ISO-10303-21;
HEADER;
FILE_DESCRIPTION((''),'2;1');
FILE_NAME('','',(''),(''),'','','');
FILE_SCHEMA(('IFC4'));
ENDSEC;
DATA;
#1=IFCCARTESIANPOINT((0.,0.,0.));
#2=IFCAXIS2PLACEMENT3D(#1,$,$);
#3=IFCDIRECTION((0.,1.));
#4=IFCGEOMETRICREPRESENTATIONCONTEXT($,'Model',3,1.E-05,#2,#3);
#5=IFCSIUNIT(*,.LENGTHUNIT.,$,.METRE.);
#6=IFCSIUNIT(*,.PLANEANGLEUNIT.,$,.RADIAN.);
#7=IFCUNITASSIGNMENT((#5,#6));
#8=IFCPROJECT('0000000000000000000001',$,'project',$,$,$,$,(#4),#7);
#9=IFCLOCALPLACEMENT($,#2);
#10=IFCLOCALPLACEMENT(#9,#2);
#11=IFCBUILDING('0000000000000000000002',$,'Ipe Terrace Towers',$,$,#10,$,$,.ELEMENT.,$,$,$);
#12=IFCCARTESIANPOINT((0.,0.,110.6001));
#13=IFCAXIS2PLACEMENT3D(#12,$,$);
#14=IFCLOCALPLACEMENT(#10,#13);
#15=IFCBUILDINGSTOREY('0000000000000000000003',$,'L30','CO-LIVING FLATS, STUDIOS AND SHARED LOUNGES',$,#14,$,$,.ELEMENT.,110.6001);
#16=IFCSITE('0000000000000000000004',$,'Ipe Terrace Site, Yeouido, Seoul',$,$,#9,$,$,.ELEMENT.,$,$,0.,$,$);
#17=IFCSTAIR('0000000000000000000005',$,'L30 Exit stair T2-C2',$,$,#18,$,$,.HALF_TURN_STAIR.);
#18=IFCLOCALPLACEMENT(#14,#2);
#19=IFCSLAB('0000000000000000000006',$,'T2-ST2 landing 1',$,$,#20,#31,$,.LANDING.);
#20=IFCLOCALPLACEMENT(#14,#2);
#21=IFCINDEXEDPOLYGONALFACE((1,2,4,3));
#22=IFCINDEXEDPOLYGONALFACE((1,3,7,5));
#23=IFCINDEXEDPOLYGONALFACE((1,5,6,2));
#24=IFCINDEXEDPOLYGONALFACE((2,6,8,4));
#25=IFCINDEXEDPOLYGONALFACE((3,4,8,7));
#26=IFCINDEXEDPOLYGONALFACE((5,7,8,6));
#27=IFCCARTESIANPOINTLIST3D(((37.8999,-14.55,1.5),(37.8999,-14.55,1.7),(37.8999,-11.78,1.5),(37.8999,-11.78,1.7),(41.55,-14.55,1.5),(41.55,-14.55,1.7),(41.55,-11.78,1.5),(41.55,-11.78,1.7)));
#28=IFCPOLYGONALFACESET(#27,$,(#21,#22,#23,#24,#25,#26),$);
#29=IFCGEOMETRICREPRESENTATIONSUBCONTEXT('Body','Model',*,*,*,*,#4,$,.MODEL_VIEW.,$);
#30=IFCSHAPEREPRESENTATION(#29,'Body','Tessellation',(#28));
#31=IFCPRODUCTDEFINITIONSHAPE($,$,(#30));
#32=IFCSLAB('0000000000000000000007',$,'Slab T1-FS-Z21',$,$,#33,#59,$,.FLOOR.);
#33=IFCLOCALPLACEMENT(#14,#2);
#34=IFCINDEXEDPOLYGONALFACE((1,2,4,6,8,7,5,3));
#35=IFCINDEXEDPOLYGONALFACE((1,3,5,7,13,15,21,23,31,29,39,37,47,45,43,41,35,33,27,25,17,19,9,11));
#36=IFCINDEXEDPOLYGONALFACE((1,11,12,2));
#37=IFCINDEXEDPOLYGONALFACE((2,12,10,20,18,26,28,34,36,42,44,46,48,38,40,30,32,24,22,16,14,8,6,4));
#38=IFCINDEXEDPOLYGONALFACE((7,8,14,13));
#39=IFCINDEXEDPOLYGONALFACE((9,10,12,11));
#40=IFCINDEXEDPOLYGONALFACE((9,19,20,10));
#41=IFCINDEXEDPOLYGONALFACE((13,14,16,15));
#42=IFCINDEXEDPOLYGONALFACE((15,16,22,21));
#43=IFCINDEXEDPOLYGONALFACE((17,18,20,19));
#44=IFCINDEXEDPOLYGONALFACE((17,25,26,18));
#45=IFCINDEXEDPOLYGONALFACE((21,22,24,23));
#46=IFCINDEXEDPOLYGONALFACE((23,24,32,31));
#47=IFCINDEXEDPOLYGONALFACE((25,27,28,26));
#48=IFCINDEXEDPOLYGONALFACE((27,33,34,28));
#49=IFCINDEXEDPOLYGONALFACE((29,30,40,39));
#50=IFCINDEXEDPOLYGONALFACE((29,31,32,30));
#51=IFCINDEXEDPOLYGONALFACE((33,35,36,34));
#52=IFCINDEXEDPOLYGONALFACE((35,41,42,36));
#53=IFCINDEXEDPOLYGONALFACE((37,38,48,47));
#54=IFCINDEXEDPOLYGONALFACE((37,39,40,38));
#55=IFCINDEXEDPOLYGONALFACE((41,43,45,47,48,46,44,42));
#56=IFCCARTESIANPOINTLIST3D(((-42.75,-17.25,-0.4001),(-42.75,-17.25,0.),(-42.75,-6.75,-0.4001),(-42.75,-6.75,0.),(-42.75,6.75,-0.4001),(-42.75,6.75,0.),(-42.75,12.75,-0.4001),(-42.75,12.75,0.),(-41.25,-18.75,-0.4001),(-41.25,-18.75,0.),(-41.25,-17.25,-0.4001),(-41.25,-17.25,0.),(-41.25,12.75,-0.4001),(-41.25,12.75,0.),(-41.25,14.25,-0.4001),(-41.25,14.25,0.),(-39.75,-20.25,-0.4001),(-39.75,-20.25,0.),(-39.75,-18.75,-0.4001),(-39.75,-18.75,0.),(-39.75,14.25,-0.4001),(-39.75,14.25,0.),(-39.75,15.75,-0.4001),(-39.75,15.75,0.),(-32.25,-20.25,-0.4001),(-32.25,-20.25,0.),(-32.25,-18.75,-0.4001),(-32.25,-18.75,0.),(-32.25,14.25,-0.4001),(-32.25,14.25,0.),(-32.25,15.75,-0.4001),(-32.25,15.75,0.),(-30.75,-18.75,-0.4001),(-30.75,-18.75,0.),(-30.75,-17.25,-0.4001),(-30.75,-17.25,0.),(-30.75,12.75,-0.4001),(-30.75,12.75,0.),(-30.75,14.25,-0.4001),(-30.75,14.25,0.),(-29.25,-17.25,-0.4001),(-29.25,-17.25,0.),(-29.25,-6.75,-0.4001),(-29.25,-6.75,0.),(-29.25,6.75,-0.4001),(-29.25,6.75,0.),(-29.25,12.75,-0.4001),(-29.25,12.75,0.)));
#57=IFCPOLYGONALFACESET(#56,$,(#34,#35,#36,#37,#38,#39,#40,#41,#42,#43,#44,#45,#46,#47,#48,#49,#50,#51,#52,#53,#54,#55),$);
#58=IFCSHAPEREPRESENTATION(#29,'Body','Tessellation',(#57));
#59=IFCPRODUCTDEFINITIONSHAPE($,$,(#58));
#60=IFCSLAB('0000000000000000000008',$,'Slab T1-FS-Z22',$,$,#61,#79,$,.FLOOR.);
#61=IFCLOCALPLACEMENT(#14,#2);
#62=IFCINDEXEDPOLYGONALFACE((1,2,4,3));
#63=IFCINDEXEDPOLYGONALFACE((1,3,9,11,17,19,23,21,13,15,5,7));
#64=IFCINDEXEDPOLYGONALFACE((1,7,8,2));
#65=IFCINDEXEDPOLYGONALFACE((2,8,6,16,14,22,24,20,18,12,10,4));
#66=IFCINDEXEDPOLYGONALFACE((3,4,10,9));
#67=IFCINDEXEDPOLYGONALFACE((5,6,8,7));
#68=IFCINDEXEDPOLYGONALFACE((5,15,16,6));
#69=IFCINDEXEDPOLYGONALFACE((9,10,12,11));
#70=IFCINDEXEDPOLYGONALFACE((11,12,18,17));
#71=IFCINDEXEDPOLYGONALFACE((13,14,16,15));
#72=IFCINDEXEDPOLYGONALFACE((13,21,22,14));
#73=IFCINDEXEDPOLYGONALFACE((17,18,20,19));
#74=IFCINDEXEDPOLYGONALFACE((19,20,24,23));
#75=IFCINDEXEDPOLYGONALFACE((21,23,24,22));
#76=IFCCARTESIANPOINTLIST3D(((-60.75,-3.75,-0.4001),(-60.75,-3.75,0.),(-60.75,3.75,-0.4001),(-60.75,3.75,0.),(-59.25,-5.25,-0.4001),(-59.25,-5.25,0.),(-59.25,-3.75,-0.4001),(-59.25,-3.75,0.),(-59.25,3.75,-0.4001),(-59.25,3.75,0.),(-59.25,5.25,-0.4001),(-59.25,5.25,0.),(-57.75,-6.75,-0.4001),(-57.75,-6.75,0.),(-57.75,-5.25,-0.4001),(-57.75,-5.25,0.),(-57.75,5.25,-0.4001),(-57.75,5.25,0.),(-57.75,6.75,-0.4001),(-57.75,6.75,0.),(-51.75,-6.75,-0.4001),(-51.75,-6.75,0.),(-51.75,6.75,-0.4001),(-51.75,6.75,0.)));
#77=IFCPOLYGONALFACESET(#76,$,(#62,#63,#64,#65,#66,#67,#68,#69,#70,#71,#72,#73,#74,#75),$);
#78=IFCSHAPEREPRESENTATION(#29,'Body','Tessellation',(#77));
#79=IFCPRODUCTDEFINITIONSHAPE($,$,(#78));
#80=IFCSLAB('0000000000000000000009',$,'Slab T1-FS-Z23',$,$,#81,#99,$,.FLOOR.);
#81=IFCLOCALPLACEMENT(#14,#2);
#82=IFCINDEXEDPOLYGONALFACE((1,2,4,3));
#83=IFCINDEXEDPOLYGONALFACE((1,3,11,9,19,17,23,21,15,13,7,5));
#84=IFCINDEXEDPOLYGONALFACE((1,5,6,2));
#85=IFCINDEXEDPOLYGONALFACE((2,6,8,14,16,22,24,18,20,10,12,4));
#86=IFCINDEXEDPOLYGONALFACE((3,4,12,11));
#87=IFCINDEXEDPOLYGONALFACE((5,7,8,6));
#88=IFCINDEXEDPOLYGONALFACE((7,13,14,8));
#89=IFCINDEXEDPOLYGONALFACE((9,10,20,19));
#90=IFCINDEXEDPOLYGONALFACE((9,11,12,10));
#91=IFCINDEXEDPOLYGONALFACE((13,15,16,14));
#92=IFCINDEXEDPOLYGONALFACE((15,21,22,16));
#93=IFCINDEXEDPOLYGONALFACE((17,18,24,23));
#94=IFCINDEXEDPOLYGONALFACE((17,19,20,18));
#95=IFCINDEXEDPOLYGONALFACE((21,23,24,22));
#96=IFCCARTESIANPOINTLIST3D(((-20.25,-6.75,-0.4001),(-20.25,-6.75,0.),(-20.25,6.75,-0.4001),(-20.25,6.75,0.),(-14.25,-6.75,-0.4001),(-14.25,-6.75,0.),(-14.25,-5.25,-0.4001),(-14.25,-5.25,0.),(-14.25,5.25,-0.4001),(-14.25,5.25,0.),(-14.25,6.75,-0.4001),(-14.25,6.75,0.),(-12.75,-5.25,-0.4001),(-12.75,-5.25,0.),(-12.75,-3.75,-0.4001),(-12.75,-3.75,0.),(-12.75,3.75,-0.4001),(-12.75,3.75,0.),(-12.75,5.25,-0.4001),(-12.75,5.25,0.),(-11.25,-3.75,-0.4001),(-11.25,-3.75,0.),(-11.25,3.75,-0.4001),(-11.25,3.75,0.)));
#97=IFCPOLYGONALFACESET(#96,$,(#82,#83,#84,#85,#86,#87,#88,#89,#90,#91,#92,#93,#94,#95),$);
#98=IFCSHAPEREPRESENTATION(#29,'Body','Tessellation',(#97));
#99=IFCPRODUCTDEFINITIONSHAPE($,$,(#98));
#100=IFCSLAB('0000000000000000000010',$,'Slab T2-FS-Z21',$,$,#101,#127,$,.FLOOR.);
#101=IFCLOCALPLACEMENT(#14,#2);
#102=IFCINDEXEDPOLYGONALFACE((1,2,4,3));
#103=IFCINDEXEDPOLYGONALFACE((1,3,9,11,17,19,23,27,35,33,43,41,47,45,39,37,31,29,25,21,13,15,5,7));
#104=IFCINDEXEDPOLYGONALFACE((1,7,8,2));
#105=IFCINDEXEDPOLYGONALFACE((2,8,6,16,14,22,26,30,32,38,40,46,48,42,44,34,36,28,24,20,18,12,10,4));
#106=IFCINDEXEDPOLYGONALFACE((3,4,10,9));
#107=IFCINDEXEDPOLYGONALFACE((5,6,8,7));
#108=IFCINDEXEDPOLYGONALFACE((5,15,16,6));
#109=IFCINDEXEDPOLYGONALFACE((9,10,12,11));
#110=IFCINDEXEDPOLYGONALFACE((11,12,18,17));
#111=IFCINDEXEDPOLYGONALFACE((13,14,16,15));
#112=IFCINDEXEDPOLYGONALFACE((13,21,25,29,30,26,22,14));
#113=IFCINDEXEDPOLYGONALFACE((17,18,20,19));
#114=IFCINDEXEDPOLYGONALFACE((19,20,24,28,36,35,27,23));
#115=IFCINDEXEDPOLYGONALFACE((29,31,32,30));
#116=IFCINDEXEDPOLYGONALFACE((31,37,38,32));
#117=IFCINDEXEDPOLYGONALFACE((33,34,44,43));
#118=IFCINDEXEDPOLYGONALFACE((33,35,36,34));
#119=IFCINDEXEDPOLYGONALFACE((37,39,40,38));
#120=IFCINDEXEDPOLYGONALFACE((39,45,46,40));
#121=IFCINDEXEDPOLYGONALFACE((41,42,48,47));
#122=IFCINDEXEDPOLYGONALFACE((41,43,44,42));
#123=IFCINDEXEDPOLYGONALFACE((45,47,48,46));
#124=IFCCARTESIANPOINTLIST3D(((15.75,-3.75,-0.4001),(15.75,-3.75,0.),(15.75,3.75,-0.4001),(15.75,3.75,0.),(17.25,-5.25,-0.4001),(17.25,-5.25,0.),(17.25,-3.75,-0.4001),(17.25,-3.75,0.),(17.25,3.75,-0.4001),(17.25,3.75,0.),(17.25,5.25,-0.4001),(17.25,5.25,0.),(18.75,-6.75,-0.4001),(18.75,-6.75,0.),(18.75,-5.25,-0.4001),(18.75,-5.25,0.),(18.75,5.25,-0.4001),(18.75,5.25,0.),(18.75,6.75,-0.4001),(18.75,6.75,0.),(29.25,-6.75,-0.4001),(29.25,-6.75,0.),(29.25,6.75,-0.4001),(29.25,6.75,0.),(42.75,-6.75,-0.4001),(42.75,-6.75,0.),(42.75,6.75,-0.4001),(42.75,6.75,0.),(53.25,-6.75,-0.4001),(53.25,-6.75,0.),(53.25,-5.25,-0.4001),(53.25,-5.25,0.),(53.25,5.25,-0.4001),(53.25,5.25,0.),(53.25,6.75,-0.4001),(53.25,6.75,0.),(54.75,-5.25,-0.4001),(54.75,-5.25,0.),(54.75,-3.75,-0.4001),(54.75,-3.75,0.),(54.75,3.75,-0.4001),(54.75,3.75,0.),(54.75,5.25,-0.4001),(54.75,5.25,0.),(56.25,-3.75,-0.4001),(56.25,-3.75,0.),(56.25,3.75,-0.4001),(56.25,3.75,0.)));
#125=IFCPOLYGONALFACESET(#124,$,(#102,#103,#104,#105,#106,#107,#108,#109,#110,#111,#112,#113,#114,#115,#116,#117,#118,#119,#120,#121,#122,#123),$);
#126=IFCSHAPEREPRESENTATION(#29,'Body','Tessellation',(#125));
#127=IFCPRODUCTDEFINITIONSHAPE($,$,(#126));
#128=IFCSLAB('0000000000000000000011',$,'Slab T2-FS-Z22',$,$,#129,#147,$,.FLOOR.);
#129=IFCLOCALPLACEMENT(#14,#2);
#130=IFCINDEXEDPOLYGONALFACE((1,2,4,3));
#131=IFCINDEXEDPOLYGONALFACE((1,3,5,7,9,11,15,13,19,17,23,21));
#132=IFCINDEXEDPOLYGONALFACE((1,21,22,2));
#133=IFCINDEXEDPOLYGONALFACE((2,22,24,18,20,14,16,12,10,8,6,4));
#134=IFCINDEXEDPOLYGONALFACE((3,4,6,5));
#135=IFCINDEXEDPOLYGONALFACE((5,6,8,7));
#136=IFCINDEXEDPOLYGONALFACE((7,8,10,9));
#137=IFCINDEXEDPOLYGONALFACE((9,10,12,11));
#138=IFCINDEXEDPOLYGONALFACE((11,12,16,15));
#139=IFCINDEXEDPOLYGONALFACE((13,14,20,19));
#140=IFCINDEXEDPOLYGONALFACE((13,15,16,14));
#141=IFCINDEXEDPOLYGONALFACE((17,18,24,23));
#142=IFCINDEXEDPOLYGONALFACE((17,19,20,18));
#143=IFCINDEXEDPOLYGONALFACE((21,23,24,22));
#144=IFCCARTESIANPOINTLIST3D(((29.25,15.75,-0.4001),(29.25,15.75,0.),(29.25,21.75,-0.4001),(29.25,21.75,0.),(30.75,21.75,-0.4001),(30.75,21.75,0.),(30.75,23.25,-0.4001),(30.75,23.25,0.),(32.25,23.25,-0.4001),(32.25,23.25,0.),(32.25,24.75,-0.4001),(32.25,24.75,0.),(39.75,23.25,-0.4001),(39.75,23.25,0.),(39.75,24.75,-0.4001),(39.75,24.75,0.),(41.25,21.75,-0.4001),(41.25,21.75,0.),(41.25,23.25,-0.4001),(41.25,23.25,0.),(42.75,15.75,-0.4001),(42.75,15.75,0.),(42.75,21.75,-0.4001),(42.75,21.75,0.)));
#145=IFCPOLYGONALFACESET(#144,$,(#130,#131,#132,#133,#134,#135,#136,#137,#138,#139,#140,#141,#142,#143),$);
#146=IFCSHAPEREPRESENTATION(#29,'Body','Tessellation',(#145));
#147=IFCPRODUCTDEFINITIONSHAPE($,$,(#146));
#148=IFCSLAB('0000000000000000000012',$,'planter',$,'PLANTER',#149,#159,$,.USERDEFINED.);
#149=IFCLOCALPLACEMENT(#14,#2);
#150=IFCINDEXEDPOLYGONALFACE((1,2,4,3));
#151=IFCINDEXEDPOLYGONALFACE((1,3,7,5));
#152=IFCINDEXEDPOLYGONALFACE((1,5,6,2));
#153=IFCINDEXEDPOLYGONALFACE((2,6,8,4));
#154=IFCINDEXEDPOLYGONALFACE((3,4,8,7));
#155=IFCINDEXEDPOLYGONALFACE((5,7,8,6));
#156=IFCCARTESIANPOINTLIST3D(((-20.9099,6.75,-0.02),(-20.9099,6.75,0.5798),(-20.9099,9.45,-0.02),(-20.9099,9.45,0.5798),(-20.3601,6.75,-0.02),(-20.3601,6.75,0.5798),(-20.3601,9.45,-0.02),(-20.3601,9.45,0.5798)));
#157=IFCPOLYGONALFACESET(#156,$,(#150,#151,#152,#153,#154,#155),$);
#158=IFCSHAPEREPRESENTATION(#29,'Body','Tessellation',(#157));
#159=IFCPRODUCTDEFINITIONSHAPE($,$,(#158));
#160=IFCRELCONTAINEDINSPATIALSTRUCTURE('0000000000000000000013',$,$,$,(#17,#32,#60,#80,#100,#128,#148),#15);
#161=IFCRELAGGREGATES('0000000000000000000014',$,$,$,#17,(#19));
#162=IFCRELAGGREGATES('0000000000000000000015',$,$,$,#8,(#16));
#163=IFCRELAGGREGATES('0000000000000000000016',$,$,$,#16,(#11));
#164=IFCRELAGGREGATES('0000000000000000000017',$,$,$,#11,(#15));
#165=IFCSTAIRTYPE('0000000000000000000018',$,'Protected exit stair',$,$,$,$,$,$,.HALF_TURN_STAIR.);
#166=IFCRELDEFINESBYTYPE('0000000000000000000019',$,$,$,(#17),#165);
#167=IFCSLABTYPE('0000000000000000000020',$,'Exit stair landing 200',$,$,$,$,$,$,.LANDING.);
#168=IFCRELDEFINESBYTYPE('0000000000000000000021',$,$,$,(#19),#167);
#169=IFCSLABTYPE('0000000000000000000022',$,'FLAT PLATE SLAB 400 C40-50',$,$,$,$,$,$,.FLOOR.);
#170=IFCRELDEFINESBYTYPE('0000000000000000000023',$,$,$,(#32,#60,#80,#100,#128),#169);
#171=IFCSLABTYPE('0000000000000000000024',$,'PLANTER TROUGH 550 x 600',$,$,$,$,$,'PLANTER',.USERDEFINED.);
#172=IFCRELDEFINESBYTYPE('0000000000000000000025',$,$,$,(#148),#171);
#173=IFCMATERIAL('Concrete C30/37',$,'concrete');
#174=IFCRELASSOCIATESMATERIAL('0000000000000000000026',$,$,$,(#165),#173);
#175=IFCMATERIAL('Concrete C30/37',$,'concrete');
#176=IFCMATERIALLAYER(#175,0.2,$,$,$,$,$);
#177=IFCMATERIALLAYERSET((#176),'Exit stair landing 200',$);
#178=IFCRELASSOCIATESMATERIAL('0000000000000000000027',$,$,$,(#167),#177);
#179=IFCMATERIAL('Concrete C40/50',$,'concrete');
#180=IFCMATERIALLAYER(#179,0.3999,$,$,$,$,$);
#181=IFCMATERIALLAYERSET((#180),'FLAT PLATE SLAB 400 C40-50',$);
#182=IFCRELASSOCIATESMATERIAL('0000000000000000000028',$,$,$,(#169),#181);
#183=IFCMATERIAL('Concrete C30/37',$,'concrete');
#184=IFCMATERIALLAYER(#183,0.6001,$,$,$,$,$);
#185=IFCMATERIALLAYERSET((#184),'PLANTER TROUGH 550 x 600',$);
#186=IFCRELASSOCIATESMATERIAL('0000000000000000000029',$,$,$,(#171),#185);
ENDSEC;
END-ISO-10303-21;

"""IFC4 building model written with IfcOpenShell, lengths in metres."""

from ifc_helpers import new_model, si_unit, direction, frame, origin, place, context, subcontext, project, spatial, polyline, outline, extrude, material, layer, layer_set, type_object, element, aggregate, save


model = new_model("IFC4")

# Units and contexts
model_context = context("Model", 3, precision=1e-05, world=origin(), true_north=direction((0.0, 1.0)))
body_context = subcontext(model_context, "Body", "Model", "MODEL_VIEW")
ifc_project = project(units=[si_unit("LENGTHUNIT", "METRE"), si_unit("PLANEANGLEUNIT", "RADIAN")], contexts=[model_context])

# Site, building, storey
site_placement = place(None, origin())
site = spatial("IfcSite", under=ifc_project, at=site_placement, Name="Ipe Terrace Site, Yeouido, Seoul", CompositionType="ELEMENT", RefElevation=0.0)
building_placement = place(site_placement, origin())
building = spatial("IfcBuilding", under=site, at=building_placement, Name="Ipe Terrace Towers", CompositionType="ELEMENT")
storey_placement = place(building_placement, frame((0.0, 0.0, 110.6001)))
storey = spatial("IfcBuildingStorey", under=building, at=storey_placement, Name="L30", Description="CO-LIVING FLATS, STUDIOS AND SHARED LOUNGES", CompositionType="ELEMENT", Elevation=110.6001)

# Stair, slab
ifc_material_1 = material(Name="Concrete C30/37", Category="concrete")
stair_type = type_object("IfcStairType", Name="Protected exit stair", PredefinedType="HALF_TURN_STAIR", material=ifc_material_1)
ifc_material_2 = material(Name="Concrete C30/37", Category="concrete")
ifc_layer_1 = layer(ifc_material_2, 0.2)
ifc_layer_set_1 = layer_set([ifc_layer_1], Name="Exit stair landing 200")
slab_type_1 = type_object("IfcSlabType", Name="Exit stair landing 200", PredefinedType="LANDING", material=ifc_layer_set_1)
stair_1_placement = place(storey_placement, origin())
stair_1 = element("IfcStair", 1, at=stair_1_placement, inside=storey, type_object=stair_type, Name="L30 Exit stair T2-C2", PredefinedType="HALF_TURN_STAIR")
slab_1_placement = place(storey_placement, frame((0.0, 0.0, 1.5)))
slab_1 = element("IfcSlab", 2, at=slab_1_placement, type_object=slab_type_1, Name="T2-ST2 landing 1", PredefinedType="LANDING", context=body_context, shape_type="SweptSolid", body=[
    extrude(outline(polyline([(37.8999, -11.78), (37.8999, -14.55), (41.55, -14.55), (41.55, -11.78), (37.8999, -11.78)])), origin(), (0.0, 0.0, 1.0), 0.2),
])
aggregate(stair_1, [slab_1])

# Slabs
ifc_material_3 = material(Name="Concrete C40/50", Category="concrete")
ifc_layer_2 = layer(ifc_material_3, 0.3999)
ifc_layer_set_2 = layer_set([ifc_layer_2], Name="FLAT PLATE SLAB 400 C40-50")
slab_type_2 = type_object("IfcSlabType", Name="FLAT PLATE SLAB 400 C40-50", PredefinedType="FLOOR", material=ifc_layer_set_2)
slab_2_placement = place(storey_placement, frame((0.0, 0.0, -0.4001)))
element("IfcSlab", 3, at=slab_2_placement, inside=storey, type_object=slab_type_2, Name="Slab T1-FS-Z21", PredefinedType="FLOOR", context=body_context, shape_type="SweptSolid", body=[
    extrude(outline(polyline([(-30.75, -17.25), (-30.75, -18.75), (-32.25, -18.75), (-32.25, -20.25), (-39.75, -20.25), (-39.75, -18.75), (-41.25, -18.75), (-41.25, -17.25), (-42.75, -17.25), (-42.75, -6.75), (-42.75, 6.75), (-42.75, 12.75), (-41.25, 12.75), (-41.25, 14.25), (-39.75, 14.25), (-39.75, 15.75), (-32.25, 15.75), (-32.25, 14.25), (-30.75, 14.25), (-30.75, 12.75), (-29.25, 12.75), (-29.25, 6.75), (-29.25, -6.75), (-29.25, -17.25), (-30.75, -17.25)])), origin(), (0.0, 0.0, 1.0), 0.4001),
])
slab_3_placement = place(storey_placement, frame((0.0, 0.0, -0.4001)))
element("IfcSlab", 4, at=slab_3_placement, inside=storey, type_object=slab_type_2, Name="Slab T1-FS-Z22", PredefinedType="FLOOR", context=body_context, shape_type="SweptSolid", body=[
    extrude(outline(polyline([(-57.75, -6.75), (-57.75, -5.25), (-59.25, -5.25), (-59.25, -3.75), (-60.75, -3.75), (-60.75, 3.75), (-59.25, 3.75), (-59.25, 5.25), (-57.75, 5.25), (-57.75, 6.75), (-51.75, 6.75), (-51.75, -6.75), (-57.75, -6.75)])), origin(), (0.0, 0.0, 1.0), 0.4001),
])
slab_4_placement = place(storey_placement, frame((0.0, 0.0, -0.4001)))
element("IfcSlab", 5, at=slab_4_placement, inside=storey, type_object=slab_type_2, Name="Slab T1-FS-Z23", PredefinedType="FLOOR", context=body_context, shape_type="SweptSolid", body=[
    extrude(outline(polyline([(-14.25, 5.25), (-12.75, 5.25), (-12.75, 3.75), (-11.25, 3.75), (-11.25, -3.75), (-12.75, -3.75), (-12.75, -5.25), (-14.25, -5.25), (-14.25, -6.75), (-20.25, -6.75), (-20.25, 6.75), (-14.25, 6.75), (-14.25, 5.25)])), origin(), (0.0, 0.0, 1.0), 0.4001),
])
slab_5_placement = place(storey_placement, frame((0.0, 0.0, -0.4001)))
element("IfcSlab", 6, at=slab_5_placement, inside=storey, type_object=slab_type_2, Name="Slab T2-FS-Z21", PredefinedType="FLOOR", context=body_context, shape_type="SweptSolid", body=[
    extrude(outline(polyline([(53.25, 5.25), (54.75, 5.25), (54.75, 3.75), (56.25, 3.75), (56.25, -3.75), (54.75, -3.75), (54.75, -5.25), (53.25, -5.25), (53.25, -6.75), (42.75, -6.75), (29.25, -6.75), (18.75, -6.75), (18.75, -5.25), (17.25, -5.25), (17.25, -3.75), (15.75, -3.75), (15.75, 3.75), (17.25, 3.75), (17.25, 5.25), (18.75, 5.25), (18.75, 6.75), (29.25, 6.75), (42.75, 6.75), (53.25, 6.75), (53.25, 5.25)])), origin(), (0.0, 0.0, 1.0), 0.4001),
])
slab_6_placement = place(storey_placement, frame((0.0, 0.0, -0.4001)))
element("IfcSlab", 7, at=slab_6_placement, inside=storey, type_object=slab_type_2, Name="Slab T2-FS-Z22", PredefinedType="FLOOR", context=body_context, shape_type="SweptSolid", body=[
    extrude(outline(polyline([(30.75, 21.75), (30.75, 23.25), (32.25, 23.25), (32.25, 24.75), (39.75, 24.75), (39.75, 23.25), (41.25, 23.25), (41.25, 21.75), (42.75, 21.75), (42.75, 15.75), (29.25, 15.75), (29.25, 21.75), (30.75, 21.75)])), origin(), (0.0, 0.0, 1.0), 0.4001),
])
ifc_material_4 = material(Name="Concrete C30/37", Category="concrete")
ifc_layer_3 = layer(ifc_material_4, 0.6001)
ifc_layer_set_3 = layer_set([ifc_layer_3], Name="PLANTER TROUGH 550 x 600")
slab_type_3 = type_object("IfcSlabType", Name="PLANTER TROUGH 550 x 600", ElementType="PLANTER", PredefinedType="USERDEFINED", material=ifc_layer_set_3)
slab_7_placement = place(storey_placement, frame((0.0, 0.0, -0.02)))
element("IfcSlab", 8, at=slab_7_placement, inside=storey, type_object=slab_type_3, Name="planter", ObjectType="PLANTER", PredefinedType="USERDEFINED", context=body_context, shape_type="SweptSolid", body=[
    extrude(outline(polyline([(-20.3601, 6.75), (-20.3601, 9.45), (-20.9099, 9.45), (-20.9099, 6.75), (-20.3601, 6.75)])), origin(), (0.0, 0.0, 1.0), 0.5999),
])

save(model, "model.ifc")
